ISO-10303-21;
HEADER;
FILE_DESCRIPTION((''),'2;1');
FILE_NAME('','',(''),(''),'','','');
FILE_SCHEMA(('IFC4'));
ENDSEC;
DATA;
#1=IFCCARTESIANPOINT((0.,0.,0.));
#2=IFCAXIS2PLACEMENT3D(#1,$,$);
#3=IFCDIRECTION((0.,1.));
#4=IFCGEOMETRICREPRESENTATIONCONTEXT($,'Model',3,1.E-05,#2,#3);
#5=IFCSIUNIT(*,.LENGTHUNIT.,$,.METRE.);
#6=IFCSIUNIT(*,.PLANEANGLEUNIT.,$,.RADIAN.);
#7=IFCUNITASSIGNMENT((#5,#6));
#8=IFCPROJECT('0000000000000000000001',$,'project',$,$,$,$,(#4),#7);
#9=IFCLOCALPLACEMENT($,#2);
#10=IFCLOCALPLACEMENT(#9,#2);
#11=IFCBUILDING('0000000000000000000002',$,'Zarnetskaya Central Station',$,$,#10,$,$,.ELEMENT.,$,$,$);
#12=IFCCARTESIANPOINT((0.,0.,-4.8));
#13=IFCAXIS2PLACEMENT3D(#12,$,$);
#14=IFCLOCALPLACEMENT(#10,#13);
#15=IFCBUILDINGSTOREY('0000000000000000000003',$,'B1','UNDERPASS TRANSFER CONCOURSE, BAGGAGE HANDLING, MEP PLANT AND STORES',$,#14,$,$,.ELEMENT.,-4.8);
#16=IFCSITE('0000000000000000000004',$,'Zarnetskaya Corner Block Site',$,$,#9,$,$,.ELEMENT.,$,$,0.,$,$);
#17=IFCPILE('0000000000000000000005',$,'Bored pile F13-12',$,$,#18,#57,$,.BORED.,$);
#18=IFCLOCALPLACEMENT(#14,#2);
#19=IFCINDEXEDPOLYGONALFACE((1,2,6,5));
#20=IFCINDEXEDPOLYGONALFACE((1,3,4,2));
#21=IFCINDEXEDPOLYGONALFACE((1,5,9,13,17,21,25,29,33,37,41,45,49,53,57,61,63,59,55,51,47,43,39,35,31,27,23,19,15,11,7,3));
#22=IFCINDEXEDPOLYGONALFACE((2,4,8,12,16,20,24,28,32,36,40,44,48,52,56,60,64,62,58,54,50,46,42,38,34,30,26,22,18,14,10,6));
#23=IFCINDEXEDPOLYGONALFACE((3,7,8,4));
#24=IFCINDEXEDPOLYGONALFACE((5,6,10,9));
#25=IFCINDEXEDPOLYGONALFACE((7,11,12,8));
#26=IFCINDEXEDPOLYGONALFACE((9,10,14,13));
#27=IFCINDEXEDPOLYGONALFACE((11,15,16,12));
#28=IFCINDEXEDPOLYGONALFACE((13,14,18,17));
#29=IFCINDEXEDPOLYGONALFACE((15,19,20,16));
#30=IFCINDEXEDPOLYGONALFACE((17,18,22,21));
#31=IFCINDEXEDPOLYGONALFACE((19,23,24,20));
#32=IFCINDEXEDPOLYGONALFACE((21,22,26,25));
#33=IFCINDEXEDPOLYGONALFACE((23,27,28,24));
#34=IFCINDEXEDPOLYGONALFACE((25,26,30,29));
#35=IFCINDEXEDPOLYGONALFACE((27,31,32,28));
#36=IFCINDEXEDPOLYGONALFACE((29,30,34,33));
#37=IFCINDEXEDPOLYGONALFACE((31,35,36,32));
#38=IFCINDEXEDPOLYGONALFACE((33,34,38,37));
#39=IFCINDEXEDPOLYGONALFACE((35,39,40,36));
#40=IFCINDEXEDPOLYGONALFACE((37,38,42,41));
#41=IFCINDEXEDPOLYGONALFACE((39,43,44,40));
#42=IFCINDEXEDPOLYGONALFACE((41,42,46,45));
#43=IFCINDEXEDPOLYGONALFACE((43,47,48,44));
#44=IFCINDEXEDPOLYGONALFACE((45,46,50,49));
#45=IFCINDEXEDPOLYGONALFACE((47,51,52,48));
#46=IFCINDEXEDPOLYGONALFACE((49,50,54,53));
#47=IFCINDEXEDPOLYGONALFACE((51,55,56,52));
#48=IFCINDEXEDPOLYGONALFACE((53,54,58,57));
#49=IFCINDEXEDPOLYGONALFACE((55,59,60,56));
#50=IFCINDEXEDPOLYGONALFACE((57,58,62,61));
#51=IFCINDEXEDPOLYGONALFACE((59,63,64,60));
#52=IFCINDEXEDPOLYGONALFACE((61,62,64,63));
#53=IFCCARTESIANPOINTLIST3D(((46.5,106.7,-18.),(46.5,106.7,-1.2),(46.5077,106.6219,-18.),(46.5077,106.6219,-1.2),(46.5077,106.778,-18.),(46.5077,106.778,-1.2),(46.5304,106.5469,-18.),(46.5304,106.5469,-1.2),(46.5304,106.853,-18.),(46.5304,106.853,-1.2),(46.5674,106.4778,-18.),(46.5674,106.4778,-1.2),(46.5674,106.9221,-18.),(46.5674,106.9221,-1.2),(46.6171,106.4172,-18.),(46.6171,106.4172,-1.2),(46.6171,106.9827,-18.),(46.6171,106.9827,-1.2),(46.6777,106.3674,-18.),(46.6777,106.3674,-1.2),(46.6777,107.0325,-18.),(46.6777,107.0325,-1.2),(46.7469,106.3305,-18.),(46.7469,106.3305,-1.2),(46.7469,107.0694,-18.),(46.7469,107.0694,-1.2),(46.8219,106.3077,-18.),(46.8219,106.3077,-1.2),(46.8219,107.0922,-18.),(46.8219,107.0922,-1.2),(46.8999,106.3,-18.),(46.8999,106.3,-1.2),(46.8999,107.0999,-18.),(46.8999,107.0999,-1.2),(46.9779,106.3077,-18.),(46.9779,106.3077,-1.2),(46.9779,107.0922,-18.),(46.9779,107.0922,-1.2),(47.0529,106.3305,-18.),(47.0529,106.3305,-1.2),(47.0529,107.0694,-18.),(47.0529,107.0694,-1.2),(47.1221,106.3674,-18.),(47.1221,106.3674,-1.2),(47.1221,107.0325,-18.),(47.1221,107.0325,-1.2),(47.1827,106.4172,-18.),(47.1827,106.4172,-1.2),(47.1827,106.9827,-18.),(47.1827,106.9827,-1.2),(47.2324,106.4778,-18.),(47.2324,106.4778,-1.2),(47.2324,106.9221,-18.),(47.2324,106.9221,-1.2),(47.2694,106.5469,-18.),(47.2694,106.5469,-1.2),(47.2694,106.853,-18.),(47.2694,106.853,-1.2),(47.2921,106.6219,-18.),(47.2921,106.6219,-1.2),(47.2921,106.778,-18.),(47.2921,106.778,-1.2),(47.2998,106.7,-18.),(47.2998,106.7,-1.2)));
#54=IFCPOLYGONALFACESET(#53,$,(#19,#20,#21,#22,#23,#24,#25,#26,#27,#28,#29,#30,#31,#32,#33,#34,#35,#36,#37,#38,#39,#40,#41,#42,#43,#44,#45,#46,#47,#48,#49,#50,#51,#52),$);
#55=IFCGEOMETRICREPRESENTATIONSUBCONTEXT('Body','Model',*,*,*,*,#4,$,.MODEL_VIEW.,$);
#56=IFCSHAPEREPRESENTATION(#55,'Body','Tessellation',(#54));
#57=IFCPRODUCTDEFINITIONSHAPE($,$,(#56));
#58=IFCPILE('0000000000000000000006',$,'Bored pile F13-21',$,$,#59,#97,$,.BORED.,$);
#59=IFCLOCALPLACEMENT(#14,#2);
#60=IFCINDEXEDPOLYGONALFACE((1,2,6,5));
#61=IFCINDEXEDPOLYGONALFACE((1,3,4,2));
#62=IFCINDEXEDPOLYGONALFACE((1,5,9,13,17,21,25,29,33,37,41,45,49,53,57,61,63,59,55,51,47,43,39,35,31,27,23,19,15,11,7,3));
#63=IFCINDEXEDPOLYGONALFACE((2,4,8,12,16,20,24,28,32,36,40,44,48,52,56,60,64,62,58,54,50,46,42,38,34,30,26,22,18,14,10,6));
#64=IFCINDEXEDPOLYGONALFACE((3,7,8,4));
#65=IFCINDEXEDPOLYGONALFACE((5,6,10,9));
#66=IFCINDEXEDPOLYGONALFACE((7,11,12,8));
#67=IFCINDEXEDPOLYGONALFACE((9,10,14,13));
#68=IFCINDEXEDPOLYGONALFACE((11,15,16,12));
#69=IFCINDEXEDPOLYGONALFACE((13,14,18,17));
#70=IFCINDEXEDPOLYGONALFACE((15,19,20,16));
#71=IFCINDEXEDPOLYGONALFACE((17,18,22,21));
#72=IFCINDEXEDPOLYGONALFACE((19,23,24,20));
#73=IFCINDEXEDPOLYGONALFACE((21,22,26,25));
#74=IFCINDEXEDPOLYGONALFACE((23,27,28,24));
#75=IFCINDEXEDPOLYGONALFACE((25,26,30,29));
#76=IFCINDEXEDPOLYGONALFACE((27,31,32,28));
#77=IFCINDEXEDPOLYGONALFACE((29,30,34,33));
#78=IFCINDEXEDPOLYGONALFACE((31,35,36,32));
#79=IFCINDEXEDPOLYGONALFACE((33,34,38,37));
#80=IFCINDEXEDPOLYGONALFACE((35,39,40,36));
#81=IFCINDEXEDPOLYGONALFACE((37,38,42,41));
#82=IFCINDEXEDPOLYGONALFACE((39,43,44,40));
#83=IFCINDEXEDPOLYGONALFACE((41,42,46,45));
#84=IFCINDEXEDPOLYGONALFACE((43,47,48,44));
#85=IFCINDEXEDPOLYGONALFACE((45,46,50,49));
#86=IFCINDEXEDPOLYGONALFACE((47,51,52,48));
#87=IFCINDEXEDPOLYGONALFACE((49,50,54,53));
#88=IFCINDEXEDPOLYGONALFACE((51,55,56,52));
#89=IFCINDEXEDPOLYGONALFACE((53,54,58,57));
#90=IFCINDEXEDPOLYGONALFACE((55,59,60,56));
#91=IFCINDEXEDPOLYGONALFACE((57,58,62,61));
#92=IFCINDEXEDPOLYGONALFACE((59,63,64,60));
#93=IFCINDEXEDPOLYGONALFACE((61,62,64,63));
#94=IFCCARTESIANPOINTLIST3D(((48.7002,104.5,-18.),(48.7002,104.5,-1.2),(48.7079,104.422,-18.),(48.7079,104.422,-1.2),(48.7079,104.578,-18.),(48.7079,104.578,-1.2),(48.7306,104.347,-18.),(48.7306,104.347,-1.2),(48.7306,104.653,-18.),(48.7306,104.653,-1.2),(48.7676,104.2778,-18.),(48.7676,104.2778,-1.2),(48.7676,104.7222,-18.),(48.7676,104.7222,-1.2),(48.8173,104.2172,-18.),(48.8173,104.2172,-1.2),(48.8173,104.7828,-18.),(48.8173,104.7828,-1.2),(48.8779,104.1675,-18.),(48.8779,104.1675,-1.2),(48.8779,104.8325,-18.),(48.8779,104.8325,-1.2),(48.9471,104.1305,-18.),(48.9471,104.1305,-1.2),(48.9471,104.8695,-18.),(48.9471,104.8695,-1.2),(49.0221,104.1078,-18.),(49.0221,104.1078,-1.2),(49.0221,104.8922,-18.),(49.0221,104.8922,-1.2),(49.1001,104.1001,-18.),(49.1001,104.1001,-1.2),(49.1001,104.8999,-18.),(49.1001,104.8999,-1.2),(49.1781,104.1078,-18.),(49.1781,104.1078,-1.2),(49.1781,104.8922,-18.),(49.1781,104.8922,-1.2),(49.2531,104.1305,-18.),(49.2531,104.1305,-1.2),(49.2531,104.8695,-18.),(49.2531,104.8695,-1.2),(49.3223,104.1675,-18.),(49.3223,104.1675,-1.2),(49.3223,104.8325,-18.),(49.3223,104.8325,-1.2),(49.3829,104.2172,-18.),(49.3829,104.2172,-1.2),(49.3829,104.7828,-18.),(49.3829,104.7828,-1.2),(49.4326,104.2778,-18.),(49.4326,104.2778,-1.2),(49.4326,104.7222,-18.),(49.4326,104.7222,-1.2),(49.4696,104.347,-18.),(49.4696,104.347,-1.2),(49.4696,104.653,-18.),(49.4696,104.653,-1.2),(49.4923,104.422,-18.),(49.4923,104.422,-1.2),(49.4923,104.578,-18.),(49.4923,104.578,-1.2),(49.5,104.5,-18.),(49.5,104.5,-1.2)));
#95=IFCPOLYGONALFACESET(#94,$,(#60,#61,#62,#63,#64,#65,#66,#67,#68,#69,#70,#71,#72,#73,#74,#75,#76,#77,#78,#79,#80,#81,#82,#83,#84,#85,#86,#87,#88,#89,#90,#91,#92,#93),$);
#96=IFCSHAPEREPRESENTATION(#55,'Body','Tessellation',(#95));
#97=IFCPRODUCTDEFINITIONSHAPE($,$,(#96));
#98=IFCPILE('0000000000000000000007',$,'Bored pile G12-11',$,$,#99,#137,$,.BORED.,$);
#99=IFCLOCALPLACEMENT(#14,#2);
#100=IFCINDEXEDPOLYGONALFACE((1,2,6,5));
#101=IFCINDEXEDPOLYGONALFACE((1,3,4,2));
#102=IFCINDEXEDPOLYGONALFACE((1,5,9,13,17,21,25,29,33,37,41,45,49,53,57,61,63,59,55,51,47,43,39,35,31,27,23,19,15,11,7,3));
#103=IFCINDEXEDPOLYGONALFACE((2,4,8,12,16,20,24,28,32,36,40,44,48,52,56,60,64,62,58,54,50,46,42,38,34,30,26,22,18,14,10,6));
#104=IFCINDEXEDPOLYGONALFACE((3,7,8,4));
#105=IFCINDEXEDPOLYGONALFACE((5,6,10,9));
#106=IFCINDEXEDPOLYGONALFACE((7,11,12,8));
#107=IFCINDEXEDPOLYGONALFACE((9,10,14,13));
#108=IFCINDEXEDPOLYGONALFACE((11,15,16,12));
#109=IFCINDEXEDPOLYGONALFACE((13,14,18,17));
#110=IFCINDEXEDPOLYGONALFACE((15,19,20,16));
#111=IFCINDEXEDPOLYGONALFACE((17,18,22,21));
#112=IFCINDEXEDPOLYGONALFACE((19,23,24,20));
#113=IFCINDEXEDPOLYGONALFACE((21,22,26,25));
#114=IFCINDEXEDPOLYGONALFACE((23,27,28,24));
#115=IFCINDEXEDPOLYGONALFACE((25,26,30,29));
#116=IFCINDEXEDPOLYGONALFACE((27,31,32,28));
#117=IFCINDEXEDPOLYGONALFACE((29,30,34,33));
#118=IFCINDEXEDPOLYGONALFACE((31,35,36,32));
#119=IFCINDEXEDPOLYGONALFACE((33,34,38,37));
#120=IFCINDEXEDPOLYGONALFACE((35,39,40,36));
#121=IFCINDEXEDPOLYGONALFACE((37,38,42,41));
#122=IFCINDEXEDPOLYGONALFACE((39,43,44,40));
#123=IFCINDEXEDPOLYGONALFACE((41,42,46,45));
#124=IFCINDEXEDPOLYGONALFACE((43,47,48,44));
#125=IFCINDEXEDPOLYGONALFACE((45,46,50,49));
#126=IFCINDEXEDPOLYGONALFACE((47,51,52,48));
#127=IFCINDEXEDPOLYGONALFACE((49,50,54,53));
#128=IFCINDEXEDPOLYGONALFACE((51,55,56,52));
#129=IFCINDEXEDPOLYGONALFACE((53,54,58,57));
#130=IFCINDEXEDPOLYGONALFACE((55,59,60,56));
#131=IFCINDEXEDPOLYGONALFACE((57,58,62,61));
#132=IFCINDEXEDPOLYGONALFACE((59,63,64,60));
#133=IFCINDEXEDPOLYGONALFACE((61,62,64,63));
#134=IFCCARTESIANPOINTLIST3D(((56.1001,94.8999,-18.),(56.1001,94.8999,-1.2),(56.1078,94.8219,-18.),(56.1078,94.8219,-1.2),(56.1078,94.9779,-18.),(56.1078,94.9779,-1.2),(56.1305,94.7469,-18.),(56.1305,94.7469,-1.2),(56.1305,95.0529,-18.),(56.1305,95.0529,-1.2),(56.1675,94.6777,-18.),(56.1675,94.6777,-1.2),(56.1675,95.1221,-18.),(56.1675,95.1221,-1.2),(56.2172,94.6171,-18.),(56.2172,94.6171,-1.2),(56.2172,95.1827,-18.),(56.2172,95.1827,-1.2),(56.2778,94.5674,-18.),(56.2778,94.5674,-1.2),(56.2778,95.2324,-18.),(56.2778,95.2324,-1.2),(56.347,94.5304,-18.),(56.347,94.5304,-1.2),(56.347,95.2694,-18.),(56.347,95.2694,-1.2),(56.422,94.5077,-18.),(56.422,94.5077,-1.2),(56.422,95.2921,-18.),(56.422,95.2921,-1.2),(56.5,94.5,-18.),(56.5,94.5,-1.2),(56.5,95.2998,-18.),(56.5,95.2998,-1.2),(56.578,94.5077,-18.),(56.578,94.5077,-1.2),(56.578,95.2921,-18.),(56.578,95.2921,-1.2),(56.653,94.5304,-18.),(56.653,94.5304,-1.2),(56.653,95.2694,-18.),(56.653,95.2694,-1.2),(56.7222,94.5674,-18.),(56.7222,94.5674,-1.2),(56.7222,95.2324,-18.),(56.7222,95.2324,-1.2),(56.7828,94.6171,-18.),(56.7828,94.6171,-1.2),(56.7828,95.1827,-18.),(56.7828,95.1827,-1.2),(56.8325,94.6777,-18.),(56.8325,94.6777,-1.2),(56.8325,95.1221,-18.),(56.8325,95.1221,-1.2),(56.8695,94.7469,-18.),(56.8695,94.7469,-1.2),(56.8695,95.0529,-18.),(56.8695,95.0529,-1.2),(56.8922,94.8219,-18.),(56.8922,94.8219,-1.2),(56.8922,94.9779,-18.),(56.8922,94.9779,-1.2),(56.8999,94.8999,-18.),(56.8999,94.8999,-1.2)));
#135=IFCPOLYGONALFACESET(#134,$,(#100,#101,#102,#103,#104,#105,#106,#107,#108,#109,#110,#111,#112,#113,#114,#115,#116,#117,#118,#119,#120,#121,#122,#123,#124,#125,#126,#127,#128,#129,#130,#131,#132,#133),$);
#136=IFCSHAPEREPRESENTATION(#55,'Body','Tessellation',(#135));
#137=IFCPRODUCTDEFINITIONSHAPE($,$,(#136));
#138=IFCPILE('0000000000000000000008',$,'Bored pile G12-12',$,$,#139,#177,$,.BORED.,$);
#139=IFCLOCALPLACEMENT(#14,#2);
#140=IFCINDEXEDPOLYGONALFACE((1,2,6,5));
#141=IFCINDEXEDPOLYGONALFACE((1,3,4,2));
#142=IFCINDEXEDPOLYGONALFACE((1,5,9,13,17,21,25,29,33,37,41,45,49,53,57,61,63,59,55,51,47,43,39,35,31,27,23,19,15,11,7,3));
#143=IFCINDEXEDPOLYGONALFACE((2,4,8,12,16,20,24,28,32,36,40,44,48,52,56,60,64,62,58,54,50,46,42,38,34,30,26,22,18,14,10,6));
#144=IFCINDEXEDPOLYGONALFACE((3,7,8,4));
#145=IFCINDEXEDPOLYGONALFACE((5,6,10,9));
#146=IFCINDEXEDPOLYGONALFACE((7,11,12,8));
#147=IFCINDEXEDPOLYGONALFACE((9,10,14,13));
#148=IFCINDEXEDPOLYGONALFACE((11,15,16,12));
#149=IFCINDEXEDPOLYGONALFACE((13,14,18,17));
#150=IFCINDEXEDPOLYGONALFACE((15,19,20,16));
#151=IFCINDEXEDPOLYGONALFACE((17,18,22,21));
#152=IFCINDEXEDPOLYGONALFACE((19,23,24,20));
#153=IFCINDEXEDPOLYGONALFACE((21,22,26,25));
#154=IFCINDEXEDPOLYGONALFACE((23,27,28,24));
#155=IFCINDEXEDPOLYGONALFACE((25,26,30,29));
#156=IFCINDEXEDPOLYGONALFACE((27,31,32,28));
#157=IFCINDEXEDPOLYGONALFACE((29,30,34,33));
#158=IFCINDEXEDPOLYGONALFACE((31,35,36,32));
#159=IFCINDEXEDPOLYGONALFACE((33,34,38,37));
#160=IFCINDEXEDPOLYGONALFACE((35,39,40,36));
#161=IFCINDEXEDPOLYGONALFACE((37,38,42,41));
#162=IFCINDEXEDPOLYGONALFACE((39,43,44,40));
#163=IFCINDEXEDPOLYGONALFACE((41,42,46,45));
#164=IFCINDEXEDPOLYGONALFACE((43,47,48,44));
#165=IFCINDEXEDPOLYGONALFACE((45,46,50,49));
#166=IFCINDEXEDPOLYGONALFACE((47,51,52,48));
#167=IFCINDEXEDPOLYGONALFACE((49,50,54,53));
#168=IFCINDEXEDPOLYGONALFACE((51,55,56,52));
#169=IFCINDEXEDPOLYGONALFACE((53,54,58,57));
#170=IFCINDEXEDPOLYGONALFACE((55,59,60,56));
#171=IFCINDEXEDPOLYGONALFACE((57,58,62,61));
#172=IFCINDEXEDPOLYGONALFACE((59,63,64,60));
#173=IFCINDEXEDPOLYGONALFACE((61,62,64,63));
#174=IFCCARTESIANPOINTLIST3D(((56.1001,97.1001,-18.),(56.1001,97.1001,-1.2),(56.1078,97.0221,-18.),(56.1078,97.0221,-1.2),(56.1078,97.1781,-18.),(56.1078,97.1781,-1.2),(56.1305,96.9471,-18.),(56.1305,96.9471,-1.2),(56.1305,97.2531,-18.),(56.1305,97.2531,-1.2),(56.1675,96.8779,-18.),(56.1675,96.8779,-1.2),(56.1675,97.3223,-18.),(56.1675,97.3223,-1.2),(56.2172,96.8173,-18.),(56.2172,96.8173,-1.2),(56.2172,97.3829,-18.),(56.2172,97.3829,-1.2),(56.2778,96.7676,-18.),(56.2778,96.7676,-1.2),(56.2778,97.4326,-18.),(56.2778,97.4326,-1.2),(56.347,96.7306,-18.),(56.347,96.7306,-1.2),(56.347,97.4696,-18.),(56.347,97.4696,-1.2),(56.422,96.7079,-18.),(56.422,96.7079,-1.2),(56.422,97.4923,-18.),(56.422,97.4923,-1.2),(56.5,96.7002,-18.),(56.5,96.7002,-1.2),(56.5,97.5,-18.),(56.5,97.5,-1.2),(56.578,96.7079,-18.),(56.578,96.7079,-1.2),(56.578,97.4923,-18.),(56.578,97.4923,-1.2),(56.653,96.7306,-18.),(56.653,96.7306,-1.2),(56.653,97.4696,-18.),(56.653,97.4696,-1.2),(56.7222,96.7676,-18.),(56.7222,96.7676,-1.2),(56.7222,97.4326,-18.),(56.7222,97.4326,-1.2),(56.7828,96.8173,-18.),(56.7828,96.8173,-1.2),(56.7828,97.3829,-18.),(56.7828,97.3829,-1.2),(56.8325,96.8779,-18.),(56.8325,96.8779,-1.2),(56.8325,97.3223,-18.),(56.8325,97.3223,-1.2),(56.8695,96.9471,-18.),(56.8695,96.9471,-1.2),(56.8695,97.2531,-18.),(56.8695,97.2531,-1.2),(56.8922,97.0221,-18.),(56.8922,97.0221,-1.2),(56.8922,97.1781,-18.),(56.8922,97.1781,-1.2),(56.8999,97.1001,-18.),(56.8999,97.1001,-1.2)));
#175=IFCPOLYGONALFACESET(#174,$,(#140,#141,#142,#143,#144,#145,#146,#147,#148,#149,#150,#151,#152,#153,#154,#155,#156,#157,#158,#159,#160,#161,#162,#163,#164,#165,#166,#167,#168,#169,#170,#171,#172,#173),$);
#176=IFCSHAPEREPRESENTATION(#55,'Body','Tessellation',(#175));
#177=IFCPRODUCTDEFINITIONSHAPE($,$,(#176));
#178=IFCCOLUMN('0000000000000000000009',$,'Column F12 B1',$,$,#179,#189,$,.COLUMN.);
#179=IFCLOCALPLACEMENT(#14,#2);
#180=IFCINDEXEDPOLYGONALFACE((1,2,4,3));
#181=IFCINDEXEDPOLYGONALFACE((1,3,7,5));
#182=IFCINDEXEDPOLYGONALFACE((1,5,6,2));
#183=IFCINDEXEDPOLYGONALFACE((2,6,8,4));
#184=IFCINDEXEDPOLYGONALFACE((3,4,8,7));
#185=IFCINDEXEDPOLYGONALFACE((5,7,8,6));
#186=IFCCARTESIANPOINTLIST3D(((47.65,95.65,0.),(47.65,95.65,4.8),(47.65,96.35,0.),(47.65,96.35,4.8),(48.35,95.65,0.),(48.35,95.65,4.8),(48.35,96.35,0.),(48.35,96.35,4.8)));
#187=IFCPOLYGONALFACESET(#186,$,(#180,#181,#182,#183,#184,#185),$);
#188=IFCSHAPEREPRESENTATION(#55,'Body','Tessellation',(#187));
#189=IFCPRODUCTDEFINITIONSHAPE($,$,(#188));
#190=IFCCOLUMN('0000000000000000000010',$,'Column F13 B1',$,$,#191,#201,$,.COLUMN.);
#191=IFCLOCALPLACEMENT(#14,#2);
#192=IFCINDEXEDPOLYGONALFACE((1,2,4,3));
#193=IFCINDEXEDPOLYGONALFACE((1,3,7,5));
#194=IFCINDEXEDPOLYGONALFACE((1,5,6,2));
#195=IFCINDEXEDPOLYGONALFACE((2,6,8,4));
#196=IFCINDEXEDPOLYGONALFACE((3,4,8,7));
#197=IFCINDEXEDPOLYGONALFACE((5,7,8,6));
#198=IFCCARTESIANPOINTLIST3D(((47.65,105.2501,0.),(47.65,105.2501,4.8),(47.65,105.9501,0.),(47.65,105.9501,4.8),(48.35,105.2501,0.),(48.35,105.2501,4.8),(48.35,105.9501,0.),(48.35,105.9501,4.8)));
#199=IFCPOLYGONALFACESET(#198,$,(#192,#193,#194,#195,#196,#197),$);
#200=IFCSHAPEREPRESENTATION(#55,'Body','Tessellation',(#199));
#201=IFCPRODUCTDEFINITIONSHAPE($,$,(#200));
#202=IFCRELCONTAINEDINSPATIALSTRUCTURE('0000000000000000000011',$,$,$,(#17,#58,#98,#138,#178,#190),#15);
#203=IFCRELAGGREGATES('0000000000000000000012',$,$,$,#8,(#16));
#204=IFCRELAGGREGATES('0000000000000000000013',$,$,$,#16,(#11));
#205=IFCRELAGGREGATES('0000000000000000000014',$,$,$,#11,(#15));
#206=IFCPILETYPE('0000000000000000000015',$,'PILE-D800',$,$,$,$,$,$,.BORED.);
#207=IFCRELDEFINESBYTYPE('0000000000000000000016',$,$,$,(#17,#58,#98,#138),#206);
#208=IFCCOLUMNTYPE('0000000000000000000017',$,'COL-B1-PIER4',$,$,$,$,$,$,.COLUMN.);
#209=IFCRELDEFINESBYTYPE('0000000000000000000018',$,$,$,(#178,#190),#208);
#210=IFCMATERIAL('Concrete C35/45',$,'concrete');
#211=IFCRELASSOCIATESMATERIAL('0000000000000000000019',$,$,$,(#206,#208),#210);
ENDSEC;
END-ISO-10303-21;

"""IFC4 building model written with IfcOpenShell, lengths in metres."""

from ifc_helpers import new_model, si_unit, direction, frame, origin, origin_2d, place, context, subcontext, project, spatial, rectangle, circle, extrude, material, material_profile, profile_set, type_object, element, save


model = new_model("IFC4")

# Units and contexts
model_context = context("Model", 3, precision=1e-05, world=origin(), true_north=direction((0.0, 1.0)))
body_context = subcontext(model_context, "Body", "Model", "MODEL_VIEW")
ifc_project = project(units=[si_unit("LENGTHUNIT", "METRE"), si_unit("PLANEANGLEUNIT", "RADIAN")], contexts=[model_context])

# Site, building, storey
site_placement = place(None, origin())
site = spatial("IfcSite", under=ifc_project, at=site_placement, Name="Zarnetskaya Corner Block Site", CompositionType="ELEMENT", RefElevation=0.0)
building_placement = place(site_placement, origin())
building = spatial("IfcBuilding", under=site, at=building_placement, Name="Zarnetskaya Central Station", CompositionType="ELEMENT")
storey_placement = place(building_placement, frame((0.0, 0.0, -4.8)))
storey = spatial("IfcBuildingStorey", under=building, at=storey_placement, Name="B1", Description="UNDERPASS TRANSFER CONCOURSE, BAGGAGE HANDLING, MEP PLANT AND STORES", CompositionType="ELEMENT", Elevation=-4.8)

# Shared definitions
ifc_material = material(Name="Concrete C35/45", Category="concrete")

# Piles
ifc_material_profile_1 = material_profile(ifc_material, circle(Radius=0.3999, at=origin_2d()), Name="BORED PILE D800")
ifc_profile_set_1 = profile_set([ifc_material_profile_1], Name="Concrete C35/45")
pile_type_1 = type_object("IfcPileType", Name="PILE-D800", PredefinedType="BORED", material=ifc_profile_set_1)
for number, where, z_axis, x_axis, name in (
    (1, (46.8999, 106.7, -1.2), (0.0, 0.0, -1.0), (1.0, 0.0, 0.0), "Bored pile F13-12"),
    (2, (49.1001, 104.5, -1.2), (0.0, 0.0, -1.0), (1.0, 0.0, 0.0), "Bored pile F13-21"),
    (3, (56.5, 94.8999, -1.2), (0.0, 0.0, -1.0), (1.0, 0.0, 0.0), "Bored pile G12-11"),
    (4, (56.5, 97.1001, -1.2), (0.0, 0.0, -1.0), (1.0, 0.0, 0.0), "Bored pile G12-12"),
):
    element("IfcPile", number, at=place(storey_placement, frame(where, z_axis=z_axis, x_axis=x_axis)), inside=storey, type_object=pile_type_1, Name=name, PredefinedType="BORED", context=body_context, shape_type="SweptSolid", body=[
        extrude(circle(Radius=0.3999, at=origin_2d()), origin(), (0.0, 0.0, 1.0), 16.8),
    ])

# Columns
ifc_material_profile_2 = material_profile(ifc_material, rectangle(XDim=0.7, YDim=0.7, at=origin_2d()), Name="RC 700x700")
ifc_profile_set_2 = profile_set([ifc_material_profile_2], Name="Concrete C35/45")
column_type_1 = type_object("IfcColumnType", Name="COL-B1-PIER4", PredefinedType="COLUMN", material=ifc_profile_set_2)
for number, where, z_axis, x_axis, name in (
    (5, (48.0, 96.0, 0.0), (0.0, 0.0, 1.0), (1.0, 0.0, 0.0), "Column F12 B1"),
    (6, (48.0, 105.6001, 0.0), (0.0, 0.0, 1.0), (1.0, 0.0, 0.0), "Column F13 B1"),
):
    element("IfcColumn", number, at=place(storey_placement, frame(where, z_axis=z_axis, x_axis=x_axis)), inside=storey, type_object=column_type_1, Name=name, PredefinedType="COLUMN", context=body_context, shape_type="SweptSolid", body=[
        extrude(rectangle(XDim=0.7, YDim=0.7, at=origin_2d()), origin(), (0.0, 0.0, 1.0), 4.8),
    ])

save(model, "model.ifc")
